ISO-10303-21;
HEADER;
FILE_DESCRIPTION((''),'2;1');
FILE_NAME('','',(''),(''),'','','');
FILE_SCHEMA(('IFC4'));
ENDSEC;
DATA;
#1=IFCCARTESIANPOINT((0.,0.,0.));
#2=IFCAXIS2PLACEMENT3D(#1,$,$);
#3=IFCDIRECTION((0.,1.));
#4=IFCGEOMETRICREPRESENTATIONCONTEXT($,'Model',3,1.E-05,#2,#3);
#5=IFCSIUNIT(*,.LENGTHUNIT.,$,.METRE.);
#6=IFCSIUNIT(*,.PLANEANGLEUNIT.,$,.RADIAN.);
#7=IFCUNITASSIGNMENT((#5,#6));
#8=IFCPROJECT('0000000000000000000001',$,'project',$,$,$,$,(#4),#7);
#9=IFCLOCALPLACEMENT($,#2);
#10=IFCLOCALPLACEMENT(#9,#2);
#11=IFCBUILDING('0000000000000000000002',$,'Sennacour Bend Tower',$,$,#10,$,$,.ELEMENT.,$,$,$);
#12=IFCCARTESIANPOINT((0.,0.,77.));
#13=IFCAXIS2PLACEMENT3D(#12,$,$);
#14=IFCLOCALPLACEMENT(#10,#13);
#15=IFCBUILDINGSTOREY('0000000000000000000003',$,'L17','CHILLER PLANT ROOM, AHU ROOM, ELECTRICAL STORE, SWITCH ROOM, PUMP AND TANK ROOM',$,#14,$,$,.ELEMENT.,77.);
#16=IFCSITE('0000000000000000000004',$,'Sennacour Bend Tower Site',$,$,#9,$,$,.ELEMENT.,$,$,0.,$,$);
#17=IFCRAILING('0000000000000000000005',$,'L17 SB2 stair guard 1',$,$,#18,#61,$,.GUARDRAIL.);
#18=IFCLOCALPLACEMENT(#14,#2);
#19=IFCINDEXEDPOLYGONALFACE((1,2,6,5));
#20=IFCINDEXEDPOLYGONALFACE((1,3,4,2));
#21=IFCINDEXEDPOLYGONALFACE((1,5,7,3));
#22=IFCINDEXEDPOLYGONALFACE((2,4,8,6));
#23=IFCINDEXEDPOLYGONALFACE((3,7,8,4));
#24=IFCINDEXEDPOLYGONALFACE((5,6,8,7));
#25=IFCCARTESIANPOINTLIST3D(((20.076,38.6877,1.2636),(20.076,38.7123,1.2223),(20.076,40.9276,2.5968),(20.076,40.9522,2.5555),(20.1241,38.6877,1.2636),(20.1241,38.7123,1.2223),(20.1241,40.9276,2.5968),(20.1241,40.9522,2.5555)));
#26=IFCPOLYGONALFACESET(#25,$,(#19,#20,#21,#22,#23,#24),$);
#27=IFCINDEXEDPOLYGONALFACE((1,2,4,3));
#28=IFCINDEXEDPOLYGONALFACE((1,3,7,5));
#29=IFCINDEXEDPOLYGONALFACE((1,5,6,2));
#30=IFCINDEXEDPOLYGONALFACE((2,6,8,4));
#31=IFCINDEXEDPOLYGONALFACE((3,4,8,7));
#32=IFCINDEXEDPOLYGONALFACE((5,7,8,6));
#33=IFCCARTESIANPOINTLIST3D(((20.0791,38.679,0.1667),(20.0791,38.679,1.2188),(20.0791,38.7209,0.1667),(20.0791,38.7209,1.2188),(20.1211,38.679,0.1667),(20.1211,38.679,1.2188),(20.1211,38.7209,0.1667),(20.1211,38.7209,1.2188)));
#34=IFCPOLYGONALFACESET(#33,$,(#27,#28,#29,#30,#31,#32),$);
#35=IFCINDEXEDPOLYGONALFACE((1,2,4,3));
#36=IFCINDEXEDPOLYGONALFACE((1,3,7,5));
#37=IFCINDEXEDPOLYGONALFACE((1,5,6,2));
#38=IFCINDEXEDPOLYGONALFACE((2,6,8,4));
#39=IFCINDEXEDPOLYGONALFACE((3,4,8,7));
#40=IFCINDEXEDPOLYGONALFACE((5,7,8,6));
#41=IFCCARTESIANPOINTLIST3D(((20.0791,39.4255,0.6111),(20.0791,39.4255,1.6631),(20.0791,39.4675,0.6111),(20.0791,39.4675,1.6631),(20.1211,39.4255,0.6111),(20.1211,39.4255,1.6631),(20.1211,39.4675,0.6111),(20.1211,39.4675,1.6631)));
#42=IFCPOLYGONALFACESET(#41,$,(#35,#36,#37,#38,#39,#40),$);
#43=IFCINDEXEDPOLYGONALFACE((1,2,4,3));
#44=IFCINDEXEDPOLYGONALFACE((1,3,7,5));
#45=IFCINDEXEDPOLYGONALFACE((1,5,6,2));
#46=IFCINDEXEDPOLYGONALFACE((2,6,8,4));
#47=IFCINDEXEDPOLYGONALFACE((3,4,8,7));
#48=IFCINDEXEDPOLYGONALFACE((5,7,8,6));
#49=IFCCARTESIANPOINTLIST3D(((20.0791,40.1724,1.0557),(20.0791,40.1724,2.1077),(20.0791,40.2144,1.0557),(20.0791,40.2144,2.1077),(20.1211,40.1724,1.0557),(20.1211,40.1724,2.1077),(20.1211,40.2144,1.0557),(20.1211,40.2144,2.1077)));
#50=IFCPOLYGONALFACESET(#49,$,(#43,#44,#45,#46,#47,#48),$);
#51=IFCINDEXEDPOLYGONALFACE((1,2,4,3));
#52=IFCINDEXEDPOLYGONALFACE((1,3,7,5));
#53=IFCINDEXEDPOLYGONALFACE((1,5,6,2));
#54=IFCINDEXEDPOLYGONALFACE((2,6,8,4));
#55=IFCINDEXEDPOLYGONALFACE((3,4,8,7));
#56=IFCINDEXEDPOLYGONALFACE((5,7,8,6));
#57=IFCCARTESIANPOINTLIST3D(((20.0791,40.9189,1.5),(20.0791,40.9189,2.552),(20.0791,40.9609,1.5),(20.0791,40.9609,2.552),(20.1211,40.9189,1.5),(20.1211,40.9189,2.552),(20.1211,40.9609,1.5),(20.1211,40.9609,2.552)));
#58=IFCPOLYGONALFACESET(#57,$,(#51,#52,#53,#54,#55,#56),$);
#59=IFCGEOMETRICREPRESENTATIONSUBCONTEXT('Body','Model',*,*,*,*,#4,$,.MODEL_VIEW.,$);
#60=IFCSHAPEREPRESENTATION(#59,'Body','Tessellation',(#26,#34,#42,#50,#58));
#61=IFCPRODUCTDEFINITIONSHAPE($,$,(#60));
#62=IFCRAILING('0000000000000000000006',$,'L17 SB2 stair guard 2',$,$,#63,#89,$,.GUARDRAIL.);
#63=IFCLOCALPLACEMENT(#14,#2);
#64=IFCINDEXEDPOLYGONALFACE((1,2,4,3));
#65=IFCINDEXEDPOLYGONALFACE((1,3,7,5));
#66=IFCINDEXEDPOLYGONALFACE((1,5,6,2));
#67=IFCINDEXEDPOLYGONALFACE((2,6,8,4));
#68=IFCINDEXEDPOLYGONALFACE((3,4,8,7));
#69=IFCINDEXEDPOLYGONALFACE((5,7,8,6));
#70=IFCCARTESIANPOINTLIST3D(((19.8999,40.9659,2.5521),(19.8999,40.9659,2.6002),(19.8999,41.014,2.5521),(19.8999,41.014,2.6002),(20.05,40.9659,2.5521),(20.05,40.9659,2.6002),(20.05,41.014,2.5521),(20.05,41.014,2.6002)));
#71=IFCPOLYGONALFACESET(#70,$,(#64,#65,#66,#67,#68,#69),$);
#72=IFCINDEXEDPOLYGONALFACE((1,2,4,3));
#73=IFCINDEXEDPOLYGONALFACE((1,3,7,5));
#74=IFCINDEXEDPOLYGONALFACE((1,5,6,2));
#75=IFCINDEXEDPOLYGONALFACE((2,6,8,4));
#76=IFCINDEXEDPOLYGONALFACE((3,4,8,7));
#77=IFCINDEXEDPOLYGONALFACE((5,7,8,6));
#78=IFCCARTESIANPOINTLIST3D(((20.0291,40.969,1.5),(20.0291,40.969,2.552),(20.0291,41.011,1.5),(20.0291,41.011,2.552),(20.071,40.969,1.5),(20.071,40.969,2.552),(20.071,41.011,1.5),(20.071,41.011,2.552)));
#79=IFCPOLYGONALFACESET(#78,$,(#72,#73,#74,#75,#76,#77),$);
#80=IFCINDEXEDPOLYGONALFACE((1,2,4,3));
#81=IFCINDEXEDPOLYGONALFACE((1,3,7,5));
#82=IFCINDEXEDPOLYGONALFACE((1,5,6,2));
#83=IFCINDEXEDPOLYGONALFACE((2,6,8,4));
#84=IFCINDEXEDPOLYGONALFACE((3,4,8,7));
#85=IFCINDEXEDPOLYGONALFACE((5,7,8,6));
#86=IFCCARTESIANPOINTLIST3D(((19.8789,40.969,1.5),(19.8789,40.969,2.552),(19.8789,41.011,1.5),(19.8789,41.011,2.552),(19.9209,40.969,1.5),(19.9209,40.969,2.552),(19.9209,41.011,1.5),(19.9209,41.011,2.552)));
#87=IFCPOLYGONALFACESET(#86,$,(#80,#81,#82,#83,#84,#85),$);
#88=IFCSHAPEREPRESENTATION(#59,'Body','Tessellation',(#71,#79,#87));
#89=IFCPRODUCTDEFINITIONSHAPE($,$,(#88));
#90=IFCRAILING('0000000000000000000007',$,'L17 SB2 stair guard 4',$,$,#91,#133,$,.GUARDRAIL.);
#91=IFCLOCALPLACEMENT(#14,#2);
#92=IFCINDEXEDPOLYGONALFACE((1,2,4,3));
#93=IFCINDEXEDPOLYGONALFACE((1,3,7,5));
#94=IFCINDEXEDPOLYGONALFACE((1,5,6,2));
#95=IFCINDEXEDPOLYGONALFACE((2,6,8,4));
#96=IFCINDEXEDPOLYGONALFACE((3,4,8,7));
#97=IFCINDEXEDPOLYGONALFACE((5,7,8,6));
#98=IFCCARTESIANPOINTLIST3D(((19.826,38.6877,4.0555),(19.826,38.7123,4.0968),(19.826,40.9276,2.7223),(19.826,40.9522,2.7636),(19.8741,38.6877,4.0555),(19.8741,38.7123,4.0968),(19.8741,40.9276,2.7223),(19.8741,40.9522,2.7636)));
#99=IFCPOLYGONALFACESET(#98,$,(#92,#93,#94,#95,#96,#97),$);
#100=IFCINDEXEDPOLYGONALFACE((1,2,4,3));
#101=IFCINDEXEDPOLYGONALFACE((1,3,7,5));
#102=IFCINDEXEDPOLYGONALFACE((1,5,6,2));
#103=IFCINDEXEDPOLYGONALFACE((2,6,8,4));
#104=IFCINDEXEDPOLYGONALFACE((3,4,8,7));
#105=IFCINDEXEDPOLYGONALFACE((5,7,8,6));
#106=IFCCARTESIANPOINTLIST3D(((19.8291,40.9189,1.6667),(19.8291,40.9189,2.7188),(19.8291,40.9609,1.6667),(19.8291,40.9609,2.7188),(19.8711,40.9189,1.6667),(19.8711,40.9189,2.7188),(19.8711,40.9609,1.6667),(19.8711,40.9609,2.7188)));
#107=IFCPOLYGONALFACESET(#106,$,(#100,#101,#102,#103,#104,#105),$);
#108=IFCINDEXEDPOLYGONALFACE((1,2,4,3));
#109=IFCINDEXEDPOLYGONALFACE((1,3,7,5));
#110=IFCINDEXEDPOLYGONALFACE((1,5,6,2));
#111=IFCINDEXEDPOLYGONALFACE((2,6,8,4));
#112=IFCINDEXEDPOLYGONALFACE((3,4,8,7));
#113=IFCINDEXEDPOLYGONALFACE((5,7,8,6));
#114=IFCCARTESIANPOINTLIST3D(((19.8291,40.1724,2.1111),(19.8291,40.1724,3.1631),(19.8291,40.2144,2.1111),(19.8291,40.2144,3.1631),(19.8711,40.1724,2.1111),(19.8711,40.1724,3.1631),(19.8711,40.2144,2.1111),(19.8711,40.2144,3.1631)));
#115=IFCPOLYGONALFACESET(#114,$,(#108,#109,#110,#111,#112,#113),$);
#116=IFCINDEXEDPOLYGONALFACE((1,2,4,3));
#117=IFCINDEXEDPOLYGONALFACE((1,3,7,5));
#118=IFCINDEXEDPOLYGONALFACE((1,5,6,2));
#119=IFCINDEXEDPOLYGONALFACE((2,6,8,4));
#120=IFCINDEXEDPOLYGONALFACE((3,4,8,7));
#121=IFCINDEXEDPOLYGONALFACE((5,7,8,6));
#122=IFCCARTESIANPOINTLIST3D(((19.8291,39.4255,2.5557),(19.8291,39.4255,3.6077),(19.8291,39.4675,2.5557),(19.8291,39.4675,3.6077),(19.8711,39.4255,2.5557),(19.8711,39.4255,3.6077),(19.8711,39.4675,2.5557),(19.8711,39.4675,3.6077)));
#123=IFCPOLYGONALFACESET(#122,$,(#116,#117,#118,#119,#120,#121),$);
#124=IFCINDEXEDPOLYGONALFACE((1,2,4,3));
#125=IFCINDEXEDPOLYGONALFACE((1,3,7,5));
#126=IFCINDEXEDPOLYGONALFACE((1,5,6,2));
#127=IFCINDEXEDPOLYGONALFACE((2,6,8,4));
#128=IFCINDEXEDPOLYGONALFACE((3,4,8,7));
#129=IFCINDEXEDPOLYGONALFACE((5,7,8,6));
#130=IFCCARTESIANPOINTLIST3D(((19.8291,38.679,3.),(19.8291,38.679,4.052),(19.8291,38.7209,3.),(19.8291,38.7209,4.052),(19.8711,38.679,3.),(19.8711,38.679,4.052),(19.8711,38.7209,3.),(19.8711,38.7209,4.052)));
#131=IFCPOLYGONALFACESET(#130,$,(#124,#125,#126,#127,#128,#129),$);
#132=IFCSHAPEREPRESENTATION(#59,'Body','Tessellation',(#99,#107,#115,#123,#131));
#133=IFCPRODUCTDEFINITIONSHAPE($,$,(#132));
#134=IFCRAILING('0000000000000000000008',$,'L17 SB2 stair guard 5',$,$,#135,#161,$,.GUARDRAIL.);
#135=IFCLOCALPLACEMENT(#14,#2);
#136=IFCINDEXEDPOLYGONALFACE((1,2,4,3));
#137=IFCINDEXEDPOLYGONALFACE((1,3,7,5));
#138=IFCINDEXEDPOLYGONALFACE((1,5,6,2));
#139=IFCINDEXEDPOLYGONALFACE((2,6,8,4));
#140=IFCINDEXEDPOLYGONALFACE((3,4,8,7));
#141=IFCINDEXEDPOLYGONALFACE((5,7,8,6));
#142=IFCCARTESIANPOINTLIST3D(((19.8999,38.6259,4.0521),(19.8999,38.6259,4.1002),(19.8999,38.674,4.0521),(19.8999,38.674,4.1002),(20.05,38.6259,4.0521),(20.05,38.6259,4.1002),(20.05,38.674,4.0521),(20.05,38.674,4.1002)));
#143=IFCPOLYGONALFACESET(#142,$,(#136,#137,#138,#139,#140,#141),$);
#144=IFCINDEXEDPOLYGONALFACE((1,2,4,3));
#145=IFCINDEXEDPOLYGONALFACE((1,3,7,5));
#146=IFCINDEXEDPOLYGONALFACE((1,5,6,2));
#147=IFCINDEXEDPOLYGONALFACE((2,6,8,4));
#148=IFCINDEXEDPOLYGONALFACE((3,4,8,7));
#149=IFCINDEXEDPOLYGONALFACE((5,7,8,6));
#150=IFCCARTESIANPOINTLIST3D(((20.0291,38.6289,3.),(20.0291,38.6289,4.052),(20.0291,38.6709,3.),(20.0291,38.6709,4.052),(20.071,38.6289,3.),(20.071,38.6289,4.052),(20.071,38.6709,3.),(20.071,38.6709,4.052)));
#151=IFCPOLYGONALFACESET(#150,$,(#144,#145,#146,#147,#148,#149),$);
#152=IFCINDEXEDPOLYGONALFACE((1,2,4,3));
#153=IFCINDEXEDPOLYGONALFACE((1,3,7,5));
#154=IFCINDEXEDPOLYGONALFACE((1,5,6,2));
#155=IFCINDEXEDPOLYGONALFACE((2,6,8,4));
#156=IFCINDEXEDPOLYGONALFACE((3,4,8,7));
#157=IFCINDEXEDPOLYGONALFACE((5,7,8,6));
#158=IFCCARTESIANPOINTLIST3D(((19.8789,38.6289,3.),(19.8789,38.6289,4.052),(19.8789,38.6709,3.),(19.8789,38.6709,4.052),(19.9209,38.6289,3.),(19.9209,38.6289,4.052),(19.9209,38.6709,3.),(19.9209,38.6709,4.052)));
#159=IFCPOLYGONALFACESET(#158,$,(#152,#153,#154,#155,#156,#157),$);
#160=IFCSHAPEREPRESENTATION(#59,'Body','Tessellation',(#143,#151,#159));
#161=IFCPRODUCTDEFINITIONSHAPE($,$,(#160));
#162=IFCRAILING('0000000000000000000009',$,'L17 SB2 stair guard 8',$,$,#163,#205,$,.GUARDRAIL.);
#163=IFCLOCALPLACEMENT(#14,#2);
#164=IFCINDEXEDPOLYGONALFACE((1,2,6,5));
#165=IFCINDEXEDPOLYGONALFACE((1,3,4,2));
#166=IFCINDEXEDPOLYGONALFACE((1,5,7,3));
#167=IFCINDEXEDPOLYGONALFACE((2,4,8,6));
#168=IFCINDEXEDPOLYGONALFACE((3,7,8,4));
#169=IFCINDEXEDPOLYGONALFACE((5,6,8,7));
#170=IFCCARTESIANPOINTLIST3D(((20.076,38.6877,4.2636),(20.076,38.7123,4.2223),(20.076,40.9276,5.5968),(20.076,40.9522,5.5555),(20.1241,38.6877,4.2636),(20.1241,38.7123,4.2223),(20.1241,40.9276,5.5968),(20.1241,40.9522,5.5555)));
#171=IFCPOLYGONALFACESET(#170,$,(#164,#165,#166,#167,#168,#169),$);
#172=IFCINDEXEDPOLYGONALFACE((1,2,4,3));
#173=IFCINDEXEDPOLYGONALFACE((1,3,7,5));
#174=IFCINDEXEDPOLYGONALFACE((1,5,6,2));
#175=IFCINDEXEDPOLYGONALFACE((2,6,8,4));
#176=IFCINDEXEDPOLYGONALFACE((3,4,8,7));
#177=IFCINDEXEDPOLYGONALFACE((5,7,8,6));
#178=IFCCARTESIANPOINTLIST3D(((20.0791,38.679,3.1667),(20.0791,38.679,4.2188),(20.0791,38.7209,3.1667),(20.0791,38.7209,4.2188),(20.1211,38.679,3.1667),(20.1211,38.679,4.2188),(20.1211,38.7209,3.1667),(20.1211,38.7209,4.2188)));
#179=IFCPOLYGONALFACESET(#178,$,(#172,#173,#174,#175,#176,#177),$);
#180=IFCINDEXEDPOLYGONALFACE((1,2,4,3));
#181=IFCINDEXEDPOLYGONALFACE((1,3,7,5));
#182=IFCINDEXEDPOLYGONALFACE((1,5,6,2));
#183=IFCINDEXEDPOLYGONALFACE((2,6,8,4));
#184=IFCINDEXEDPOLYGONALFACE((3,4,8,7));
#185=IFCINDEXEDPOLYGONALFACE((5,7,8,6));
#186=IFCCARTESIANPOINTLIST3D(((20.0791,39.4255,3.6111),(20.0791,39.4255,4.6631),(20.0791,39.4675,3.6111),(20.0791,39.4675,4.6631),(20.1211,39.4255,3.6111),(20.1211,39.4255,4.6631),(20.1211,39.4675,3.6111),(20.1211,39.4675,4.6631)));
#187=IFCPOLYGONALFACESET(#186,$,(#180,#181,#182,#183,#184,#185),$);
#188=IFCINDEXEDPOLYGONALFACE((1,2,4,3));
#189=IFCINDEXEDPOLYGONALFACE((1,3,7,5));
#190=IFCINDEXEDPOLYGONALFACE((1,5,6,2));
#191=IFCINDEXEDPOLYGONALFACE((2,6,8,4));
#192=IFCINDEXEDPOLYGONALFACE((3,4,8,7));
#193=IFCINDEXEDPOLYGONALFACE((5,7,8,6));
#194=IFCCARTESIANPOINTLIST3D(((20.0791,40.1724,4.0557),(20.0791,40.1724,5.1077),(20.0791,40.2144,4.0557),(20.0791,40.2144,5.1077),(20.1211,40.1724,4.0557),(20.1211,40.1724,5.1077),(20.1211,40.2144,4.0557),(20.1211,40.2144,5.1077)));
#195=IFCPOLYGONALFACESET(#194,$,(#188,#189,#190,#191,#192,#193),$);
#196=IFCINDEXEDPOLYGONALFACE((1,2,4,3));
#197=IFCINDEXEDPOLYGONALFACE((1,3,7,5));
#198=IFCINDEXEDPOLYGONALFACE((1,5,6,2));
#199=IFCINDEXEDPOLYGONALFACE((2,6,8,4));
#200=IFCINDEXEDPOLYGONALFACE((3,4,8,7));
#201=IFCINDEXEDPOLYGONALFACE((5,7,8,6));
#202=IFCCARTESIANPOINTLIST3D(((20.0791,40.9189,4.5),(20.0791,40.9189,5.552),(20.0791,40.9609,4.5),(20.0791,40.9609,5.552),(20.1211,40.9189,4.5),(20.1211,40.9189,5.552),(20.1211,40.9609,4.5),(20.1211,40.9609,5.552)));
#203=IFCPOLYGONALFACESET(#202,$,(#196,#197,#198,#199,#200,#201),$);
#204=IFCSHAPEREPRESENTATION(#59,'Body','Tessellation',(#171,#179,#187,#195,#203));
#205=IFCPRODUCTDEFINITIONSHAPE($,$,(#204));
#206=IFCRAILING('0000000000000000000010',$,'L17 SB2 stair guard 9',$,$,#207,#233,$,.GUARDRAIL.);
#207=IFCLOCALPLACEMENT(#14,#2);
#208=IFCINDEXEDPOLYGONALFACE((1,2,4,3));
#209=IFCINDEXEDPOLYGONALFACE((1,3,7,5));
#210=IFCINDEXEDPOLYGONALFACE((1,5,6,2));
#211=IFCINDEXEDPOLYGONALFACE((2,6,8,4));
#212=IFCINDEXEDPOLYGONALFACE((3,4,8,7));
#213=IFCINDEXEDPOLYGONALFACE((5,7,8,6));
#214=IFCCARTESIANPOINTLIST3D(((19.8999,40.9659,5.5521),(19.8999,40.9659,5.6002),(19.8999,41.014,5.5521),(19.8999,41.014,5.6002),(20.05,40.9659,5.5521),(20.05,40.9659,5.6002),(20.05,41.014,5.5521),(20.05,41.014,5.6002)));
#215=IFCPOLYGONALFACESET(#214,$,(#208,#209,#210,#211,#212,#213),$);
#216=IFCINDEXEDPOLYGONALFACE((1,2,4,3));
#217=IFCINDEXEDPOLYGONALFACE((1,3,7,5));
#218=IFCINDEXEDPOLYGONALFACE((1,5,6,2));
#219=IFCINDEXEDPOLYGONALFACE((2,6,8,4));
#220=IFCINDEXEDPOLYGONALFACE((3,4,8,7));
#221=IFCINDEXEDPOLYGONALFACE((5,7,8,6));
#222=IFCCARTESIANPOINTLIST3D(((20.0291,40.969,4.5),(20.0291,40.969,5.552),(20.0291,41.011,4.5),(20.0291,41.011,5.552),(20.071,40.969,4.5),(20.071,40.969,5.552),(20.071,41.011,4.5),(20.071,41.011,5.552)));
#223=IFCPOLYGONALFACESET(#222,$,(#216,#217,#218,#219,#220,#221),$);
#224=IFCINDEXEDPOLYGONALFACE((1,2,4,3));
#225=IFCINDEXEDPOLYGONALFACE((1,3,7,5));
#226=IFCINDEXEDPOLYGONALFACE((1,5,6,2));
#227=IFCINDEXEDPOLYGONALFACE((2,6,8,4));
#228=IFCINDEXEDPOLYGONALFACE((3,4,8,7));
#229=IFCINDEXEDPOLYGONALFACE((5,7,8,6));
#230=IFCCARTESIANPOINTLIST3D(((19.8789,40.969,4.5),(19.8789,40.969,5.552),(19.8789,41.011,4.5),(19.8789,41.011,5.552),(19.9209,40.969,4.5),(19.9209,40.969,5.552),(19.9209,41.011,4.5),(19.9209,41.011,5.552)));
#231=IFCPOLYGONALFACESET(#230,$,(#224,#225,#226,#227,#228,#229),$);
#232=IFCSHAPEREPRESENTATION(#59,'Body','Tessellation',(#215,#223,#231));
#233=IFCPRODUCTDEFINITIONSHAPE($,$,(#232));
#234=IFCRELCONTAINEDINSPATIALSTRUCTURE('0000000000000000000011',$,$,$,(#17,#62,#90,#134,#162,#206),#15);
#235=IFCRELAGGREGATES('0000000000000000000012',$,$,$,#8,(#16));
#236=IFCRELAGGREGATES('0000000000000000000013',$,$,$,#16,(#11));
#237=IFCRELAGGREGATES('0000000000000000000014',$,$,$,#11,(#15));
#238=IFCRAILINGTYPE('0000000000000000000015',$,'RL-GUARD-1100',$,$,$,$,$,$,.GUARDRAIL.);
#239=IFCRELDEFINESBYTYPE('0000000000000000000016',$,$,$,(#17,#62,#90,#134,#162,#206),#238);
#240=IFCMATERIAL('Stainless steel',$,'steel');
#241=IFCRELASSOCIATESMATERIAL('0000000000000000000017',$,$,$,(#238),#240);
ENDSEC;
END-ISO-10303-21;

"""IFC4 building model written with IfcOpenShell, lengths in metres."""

from ifc_helpers import new_model, si_unit, direction, frame, origin, origin_2d, place, context, subcontext, project, spatial, rectangle, extrude, material, type_object, element, save


model = new_model("IFC4")

# Units and contexts
model_context = context("Model", 3, precision=1e-05, world=origin(), true_north=direction((0.0, 1.0)))
body_context = subcontext(model_context, "Body", "Model", "MODEL_VIEW")
ifc_project = project(units=[si_unit("LENGTHUNIT", "METRE"), si_unit("PLANEANGLEUNIT", "RADIAN")], contexts=[model_context])

# Site, building, storey
site_placement = place(None, origin())
site = spatial("IfcSite", under=ifc_project, at=site_placement, Name="Sennacour Bend Tower Site", CompositionType="ELEMENT", RefElevation=0.0)
building_placement = place(site_placement, origin())
building = spatial("IfcBuilding", under=site, at=building_placement, Name="Sennacour Bend Tower", CompositionType="ELEMENT")
storey_placement = place(building_placement, frame((0.0, 0.0, 77.0)))
storey = spatial("IfcBuildingStorey", under=building, at=storey_placement, Name="L17", Description="CHILLER PLANT ROOM, AHU ROOM, ELECTRICAL STORE, SWITCH ROOM, PUMP AND TANK ROOM", CompositionType="ELEMENT", Elevation=77.0)

# Railings
ifc_material_1 = material(Name="Stainless steel", Category="steel")
railing_type_1 = type_object("IfcRailingType", Name="RL-GUARD-1100", PredefinedType="GUARDRAIL", material=ifc_material_1)
railing_1_placement = place(storey_placement, frame((20.1001, 38.7, 0.1667)))
element("IfcRailing", 1, at=railing_1_placement, inside=storey, type_object=railing_type_1, Name="L17 SB2 stair guard 1", PredefinedType="GUARDRAIL", context=body_context, shape_type="SweptSolid", body=[
    extrude(rectangle(XDim=0.0481, YDim=0.0481, at=origin_2d()), frame((0.0, 0.0, 1.0762), z_axis=(0.0, 0.859306, 0.511462), x_axis=(-1.0, 0.0, 0.0)), (0.0, 0.0, 1.0), 2.6067),
    extrude(rectangle(XDim=0.042, YDim=0.042, at=origin_2d()), origin(), (0.0, 0.0, 1.0), 1.052),
    extrude(rectangle(XDim=0.042, YDim=0.042, at=origin_2d()), frame((0.0, 0.7466, 0.4443)), (0.0, 0.0, 1.0), 1.052),
    extrude(rectangle(XDim=0.042, YDim=0.042, at=origin_2d()), frame((0.0, 1.4934, 0.8889)), (0.0, 0.0, 1.0), 1.052),
    extrude(rectangle(XDim=0.042, YDim=0.042, at=origin_2d()), frame((0.0, 2.24, 1.3333)), (0.0, 0.0, 1.0), 1.052),
])
railing_2_placement = place(storey_placement, frame((20.05, 40.99, 1.5)))
element("IfcRailing", 2, at=railing_2_placement, inside=storey, type_object=railing_type_1, Name="L17 SB2 stair guard 2", PredefinedType="GUARDRAIL", context=body_context, shape_type="SweptSolid", body=[
    extrude(rectangle(XDim=0.0481, YDim=0.0481, at=origin_2d()), frame((0.0, 0.0, 1.0762), z_axis=(-1.0, 0.0, 0.0), x_axis=(0.0, -1.0, 0.0)), (0.0, 0.0, 1.0), 0.1501),
    extrude(rectangle(XDim=0.042, YDim=0.042, at=origin_2d()), origin(), (0.0, 0.0, 1.0), 1.052),
    extrude(rectangle(XDim=0.042, YDim=0.042, at=origin_2d()), frame((-0.1501, 0.0, 0.0)), (0.0, 0.0, 1.0), 1.052),
])
railing_3_placement = place(storey_placement, frame((19.8501, 40.9399, 1.6667)))
element("IfcRailing", 3, at=railing_3_placement, inside=storey, type_object=railing_type_1, Name="L17 SB2 stair guard 4", PredefinedType="GUARDRAIL", context=body_context, shape_type="SweptSolid", body=[
    extrude(rectangle(XDim=0.0481, YDim=0.0481, at=origin_2d()), frame((0.0, 0.0, 1.0762), z_axis=(0.0, -0.859306, 0.511462), x_axis=(1.0, 0.0, 0.0)), (0.0, 0.0, 1.0), 2.6067),
    extrude(rectangle(XDim=0.042, YDim=0.042, at=origin_2d()), origin(), (0.0, 0.0, 1.0), 1.052),
    extrude(rectangle(XDim=0.042, YDim=0.042, at=origin_2d()), frame((0.0, -0.7466, 0.4443)), (0.0, 0.0, 1.0), 1.052),
    extrude(rectangle(XDim=0.042, YDim=0.042, at=origin_2d()), frame((0.0, -1.4934, 0.8889)), (0.0, 0.0, 1.0), 1.052),
    extrude(rectangle(XDim=0.042, YDim=0.042, at=origin_2d()), frame((0.0, -2.24, 1.3333)), (0.0, 0.0, 1.0), 1.052),
])
railing_4_placement = place(storey_placement, frame((20.05, 38.6499, 3.0)))
element("IfcRailing", 4, at=railing_4_placement, inside=storey, type_object=railing_type_1, Name="L17 SB2 stair guard 5", PredefinedType="GUARDRAIL", context=body_context, shape_type="SweptSolid", body=[
    extrude(rectangle(XDim=0.0481, YDim=0.0481, at=origin_2d()), frame((0.0, 0.0, 1.0762), z_axis=(-1.0, 0.0, 0.0), x_axis=(0.0, -1.0, 0.0)), (0.0, 0.0, 1.0), 0.1501),
    extrude(rectangle(XDim=0.042, YDim=0.042, at=origin_2d()), origin(), (0.0, 0.0, 1.0), 1.052),
    extrude(rectangle(XDim=0.042, YDim=0.042, at=origin_2d()), frame((-0.1501, 0.0, 0.0)), (0.0, 0.0, 1.0), 1.052),
])
railing_5_placement = place(storey_placement, frame((20.1001, 38.7, 3.1667)))
element("IfcRailing", 5, at=railing_5_placement, inside=storey, type_object=railing_type_1, Name="L17 SB2 stair guard 8", PredefinedType="GUARDRAIL", context=body_context, shape_type="SweptSolid", body=[
    extrude(rectangle(XDim=0.0481, YDim=0.0481, at=origin_2d()), frame((0.0, 0.0, 1.0762), z_axis=(0.0, 0.859306, 0.511462), x_axis=(-1.0, 0.0, 0.0)), (0.0, 0.0, 1.0), 2.6067),
    extrude(rectangle(XDim=0.042, YDim=0.042, at=origin_2d()), origin(), (0.0, 0.0, 1.0), 1.052),
    extrude(rectangle(XDim=0.042, YDim=0.042, at=origin_2d()), frame((0.0, 0.7466, 0.4443)), (0.0, 0.0, 1.0), 1.052),
    extrude(rectangle(XDim=0.042, YDim=0.042, at=origin_2d()), frame((0.0, 1.4934, 0.8889)), (0.0, 0.0, 1.0), 1.052),
    extrude(rectangle(XDim=0.042, YDim=0.042, at=origin_2d()), frame((0.0, 2.24, 1.3333)), (0.0, 0.0, 1.0), 1.052),
])
railing_6_placement = place(storey_placement, frame((20.05, 40.99, 4.5)))
element("IfcRailing", 6, at=railing_6_placement, inside=storey, type_object=railing_type_1, Name="L17 SB2 stair guard 9", PredefinedType="GUARDRAIL", context=body_context, shape_type="SweptSolid", body=[
    extrude(rectangle(XDim=0.0481, YDim=0.0481, at=origin_2d()), frame((0.0, 0.0, 1.0762), z_axis=(-1.0, 0.0, 0.0), x_axis=(0.0, -1.0, 0.0)), (0.0, 0.0, 1.0), 0.1501),
    extrude(rectangle(XDim=0.042, YDim=0.042, at=origin_2d()), origin(), (0.0, 0.0, 1.0), 1.052),
    extrude(rectangle(XDim=0.042, YDim=0.042, at=origin_2d()), frame((-0.1501, 0.0, 0.0)), (0.0, 0.0, 1.0), 1.052),
])

save(model, "model.ifc")
